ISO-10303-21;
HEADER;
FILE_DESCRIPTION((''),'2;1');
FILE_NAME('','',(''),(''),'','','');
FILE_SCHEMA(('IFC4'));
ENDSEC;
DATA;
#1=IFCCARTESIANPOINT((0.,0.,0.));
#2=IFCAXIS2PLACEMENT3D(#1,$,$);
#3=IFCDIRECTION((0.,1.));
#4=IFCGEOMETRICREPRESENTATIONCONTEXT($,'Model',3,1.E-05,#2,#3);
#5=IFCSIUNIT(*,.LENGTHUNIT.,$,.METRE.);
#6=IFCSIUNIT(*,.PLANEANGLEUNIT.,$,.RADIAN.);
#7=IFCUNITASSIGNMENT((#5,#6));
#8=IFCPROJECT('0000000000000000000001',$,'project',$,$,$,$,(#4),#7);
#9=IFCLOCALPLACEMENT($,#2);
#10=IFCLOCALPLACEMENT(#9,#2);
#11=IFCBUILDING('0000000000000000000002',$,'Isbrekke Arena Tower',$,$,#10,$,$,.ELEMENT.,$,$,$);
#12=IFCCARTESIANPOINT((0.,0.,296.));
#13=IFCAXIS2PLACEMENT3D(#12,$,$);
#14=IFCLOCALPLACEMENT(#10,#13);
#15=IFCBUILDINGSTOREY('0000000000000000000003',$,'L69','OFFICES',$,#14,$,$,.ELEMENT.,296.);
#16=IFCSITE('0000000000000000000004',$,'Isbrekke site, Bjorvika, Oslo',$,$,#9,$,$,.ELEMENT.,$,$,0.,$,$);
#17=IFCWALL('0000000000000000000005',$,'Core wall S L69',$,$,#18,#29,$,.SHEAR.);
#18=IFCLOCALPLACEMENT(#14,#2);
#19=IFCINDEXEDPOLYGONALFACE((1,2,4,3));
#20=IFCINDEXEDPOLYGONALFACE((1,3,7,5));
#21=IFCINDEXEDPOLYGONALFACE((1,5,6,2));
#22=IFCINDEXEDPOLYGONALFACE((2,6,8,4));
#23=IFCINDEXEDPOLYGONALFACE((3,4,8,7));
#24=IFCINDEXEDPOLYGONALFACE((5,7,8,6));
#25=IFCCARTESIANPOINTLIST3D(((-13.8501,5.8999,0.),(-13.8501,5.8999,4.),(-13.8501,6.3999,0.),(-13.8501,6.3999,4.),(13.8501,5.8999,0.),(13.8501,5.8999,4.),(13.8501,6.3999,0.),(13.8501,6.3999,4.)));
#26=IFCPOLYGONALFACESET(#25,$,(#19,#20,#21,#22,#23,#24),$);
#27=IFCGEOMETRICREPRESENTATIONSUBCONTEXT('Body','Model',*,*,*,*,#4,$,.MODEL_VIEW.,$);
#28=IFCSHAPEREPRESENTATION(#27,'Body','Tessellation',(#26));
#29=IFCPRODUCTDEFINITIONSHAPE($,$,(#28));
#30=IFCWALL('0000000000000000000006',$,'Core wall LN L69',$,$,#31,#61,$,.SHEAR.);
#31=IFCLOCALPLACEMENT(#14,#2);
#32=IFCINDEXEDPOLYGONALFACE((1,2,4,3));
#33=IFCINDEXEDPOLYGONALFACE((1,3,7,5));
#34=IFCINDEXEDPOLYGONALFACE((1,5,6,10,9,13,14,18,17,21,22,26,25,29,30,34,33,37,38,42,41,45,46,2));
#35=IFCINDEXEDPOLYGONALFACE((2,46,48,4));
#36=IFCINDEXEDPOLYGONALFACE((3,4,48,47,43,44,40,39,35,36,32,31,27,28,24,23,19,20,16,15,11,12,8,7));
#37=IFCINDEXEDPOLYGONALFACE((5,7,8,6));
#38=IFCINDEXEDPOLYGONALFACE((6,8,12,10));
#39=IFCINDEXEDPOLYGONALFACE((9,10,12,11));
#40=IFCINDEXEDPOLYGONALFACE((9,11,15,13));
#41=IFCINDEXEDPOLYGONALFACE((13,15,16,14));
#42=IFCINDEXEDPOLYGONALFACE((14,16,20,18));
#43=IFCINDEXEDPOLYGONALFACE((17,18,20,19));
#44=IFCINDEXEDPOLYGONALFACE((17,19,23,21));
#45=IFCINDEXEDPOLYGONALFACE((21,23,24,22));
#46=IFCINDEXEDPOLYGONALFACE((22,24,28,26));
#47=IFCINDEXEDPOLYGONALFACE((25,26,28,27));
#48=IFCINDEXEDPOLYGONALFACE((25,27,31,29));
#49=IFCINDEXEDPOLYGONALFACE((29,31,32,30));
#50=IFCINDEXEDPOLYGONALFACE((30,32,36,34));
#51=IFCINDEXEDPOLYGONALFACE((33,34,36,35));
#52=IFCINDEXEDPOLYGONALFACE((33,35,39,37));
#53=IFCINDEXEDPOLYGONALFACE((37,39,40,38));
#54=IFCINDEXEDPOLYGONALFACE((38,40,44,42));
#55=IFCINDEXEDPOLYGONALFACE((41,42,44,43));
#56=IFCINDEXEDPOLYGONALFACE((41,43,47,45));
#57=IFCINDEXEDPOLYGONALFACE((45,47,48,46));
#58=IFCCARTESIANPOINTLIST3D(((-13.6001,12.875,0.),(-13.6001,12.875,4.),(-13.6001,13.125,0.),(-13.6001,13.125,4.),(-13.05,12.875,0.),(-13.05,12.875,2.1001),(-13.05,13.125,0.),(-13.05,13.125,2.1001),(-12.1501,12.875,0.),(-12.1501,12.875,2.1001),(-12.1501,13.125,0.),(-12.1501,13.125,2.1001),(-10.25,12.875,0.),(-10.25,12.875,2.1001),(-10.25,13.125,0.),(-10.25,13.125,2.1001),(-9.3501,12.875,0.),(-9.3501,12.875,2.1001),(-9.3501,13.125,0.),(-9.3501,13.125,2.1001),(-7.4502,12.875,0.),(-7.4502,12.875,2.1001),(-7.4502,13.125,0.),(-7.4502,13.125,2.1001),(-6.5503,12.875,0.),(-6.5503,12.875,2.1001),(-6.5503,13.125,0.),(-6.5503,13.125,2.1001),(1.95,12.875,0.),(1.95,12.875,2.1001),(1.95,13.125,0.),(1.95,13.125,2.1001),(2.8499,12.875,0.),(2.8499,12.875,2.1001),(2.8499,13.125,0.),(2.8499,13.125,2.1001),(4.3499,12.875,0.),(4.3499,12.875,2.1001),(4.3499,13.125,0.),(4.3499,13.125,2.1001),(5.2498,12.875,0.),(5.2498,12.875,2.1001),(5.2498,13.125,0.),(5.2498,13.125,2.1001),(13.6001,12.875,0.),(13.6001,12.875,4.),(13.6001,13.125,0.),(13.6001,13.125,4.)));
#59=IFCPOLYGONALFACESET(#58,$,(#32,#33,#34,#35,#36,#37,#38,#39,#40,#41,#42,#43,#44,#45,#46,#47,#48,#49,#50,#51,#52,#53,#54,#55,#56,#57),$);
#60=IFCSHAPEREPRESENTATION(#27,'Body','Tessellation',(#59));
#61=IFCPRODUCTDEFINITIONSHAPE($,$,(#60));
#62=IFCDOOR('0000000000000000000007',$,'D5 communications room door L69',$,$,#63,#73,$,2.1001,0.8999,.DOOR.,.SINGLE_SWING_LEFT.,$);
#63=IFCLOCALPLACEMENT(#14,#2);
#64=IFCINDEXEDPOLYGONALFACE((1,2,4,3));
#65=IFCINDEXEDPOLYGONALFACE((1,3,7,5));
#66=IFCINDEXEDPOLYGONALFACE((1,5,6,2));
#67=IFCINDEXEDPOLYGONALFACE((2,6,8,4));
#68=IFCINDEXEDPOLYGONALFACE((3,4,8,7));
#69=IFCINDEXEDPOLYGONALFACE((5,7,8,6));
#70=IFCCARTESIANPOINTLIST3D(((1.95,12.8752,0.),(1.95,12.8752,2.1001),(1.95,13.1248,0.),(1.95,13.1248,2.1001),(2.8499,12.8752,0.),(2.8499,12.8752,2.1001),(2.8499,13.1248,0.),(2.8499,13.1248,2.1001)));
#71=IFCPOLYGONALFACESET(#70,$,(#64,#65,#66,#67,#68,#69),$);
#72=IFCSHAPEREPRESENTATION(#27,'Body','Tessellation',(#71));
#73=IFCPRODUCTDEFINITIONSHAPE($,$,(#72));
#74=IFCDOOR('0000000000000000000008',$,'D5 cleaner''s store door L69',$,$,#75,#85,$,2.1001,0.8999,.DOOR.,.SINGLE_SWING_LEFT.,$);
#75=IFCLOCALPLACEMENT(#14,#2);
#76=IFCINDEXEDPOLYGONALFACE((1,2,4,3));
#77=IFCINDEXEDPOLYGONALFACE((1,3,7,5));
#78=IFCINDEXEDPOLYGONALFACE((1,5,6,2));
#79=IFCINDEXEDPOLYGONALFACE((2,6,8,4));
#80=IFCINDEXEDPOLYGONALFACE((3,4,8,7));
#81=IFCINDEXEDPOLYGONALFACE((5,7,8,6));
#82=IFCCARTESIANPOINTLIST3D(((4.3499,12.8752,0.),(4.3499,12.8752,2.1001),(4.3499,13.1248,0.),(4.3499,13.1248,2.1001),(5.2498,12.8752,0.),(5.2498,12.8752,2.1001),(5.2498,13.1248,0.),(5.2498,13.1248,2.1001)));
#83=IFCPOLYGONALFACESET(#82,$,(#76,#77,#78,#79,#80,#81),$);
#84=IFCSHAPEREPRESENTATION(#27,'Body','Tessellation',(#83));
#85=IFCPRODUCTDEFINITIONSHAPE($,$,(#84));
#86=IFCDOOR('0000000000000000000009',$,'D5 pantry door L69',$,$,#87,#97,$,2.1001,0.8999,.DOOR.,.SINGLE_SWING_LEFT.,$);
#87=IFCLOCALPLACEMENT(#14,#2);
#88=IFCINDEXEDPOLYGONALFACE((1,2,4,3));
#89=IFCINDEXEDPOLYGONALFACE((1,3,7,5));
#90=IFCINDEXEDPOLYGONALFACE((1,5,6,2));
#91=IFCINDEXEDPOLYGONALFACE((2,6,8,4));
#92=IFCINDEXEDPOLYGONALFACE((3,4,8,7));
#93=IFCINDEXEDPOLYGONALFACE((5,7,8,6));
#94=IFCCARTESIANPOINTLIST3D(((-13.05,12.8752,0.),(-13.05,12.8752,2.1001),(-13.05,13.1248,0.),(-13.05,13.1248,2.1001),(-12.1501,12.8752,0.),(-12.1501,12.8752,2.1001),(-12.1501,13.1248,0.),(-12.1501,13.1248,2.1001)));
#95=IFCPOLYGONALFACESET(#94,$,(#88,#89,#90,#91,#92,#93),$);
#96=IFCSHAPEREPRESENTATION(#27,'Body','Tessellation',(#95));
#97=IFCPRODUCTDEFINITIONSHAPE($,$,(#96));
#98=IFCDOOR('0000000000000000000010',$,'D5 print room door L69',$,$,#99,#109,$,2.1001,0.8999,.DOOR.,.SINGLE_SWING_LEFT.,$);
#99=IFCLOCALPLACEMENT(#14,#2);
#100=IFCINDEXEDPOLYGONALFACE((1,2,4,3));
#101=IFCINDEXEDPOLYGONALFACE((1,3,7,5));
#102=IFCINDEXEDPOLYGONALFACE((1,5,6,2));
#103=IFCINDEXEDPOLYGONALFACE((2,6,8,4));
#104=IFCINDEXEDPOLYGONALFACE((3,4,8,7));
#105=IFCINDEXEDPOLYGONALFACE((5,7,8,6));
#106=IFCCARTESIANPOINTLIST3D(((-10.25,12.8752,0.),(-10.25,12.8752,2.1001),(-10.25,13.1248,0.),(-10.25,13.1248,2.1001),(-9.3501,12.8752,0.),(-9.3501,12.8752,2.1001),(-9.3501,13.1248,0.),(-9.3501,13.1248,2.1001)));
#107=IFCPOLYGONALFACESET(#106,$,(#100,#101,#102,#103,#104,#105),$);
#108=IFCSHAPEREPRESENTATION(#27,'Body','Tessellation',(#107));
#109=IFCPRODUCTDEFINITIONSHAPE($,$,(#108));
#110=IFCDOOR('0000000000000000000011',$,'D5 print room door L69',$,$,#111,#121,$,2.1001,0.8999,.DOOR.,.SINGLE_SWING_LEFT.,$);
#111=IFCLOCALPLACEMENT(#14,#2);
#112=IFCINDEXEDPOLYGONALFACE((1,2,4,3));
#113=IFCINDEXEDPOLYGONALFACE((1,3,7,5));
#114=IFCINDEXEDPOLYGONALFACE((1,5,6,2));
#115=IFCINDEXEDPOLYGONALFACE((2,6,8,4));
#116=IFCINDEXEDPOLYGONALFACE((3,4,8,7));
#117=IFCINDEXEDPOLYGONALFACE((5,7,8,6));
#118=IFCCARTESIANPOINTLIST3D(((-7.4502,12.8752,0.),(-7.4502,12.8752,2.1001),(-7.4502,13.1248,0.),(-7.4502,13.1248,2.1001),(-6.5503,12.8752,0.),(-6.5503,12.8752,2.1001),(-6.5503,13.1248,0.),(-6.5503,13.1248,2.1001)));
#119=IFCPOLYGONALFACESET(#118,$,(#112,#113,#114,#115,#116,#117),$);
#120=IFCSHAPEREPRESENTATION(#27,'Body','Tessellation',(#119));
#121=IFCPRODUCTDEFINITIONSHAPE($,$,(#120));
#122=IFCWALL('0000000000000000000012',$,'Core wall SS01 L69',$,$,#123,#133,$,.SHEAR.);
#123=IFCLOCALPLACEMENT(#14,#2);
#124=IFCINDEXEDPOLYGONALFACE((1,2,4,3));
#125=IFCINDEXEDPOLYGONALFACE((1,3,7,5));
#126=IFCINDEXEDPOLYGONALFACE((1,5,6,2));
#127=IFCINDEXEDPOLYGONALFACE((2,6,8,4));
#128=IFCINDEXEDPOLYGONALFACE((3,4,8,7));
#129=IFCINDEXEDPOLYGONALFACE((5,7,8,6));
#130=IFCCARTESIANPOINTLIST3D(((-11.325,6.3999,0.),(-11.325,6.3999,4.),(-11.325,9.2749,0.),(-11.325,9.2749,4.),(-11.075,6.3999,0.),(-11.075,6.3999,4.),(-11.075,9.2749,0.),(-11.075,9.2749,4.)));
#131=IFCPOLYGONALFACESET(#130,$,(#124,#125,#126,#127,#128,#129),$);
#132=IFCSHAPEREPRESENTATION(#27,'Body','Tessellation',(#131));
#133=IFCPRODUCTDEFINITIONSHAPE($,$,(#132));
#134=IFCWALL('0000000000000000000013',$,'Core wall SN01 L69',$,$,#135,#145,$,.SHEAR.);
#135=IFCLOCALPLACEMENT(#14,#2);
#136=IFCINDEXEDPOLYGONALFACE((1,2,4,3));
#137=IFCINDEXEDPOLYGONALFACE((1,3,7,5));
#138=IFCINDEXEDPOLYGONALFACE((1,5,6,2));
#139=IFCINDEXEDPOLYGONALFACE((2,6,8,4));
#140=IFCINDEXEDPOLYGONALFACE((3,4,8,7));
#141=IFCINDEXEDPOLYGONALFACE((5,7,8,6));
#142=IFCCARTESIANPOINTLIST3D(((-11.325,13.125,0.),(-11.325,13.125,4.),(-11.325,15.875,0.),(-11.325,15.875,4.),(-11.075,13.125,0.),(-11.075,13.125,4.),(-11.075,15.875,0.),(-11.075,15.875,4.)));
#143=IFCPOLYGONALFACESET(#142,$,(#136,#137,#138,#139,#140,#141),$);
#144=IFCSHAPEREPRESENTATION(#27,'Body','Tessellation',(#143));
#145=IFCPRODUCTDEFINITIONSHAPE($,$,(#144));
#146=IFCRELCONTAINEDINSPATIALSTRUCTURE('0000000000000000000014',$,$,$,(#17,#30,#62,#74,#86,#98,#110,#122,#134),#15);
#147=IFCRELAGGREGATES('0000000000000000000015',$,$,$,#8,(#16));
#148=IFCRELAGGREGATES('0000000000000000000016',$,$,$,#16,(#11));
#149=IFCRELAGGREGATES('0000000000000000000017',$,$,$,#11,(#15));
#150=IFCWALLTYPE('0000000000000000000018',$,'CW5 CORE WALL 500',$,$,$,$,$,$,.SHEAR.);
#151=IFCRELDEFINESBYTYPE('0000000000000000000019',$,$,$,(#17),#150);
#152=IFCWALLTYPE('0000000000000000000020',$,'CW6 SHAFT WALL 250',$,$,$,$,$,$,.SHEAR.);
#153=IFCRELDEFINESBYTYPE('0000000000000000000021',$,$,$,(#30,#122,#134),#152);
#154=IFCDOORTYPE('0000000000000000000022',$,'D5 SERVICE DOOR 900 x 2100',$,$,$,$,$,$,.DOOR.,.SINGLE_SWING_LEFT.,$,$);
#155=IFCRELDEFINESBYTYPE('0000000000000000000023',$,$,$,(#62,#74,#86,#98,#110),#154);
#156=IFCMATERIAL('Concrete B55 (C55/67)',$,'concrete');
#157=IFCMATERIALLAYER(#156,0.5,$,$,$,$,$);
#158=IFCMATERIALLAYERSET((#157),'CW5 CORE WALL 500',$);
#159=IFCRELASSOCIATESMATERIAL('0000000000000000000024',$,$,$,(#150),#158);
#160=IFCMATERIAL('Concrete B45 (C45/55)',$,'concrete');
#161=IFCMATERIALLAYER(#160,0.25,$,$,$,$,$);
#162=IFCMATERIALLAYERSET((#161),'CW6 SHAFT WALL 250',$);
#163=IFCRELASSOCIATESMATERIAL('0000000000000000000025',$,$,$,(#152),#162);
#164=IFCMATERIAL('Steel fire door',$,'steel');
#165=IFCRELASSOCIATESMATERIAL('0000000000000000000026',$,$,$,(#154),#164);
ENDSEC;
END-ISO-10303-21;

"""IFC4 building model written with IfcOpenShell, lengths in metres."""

from ifc_helpers import new_model, si_unit, direction, frame, frame_2d, origin, place, context, subcontext, project, spatial, rectangle, extrude, material, layer, layer_set, type_object, element, fill, save


model = new_model("IFC4")

# Units and contexts
model_context = context("Model", 3, precision=1e-05, world=origin(), true_north=direction((0.0, 1.0)))
body_context = subcontext(model_context, "Body", "Model", "MODEL_VIEW")
ifc_project = project(units=[si_unit("LENGTHUNIT", "METRE"), si_unit("PLANEANGLEUNIT", "RADIAN")], contexts=[model_context])

# Site, building, storey
site_placement = place(None, origin())
site = spatial("IfcSite", under=ifc_project, at=site_placement, Name="Isbrekke site, Bjorvika, Oslo", CompositionType="ELEMENT", RefElevation=0.0)
building_placement = place(site_placement, origin())
building = spatial("IfcBuilding", under=site, at=building_placement, Name="Isbrekke Arena Tower", CompositionType="ELEMENT")
storey_placement = place(building_placement, frame((0.0, 0.0, 296.0)))
storey = spatial("IfcBuildingStorey", under=building, at=storey_placement, Name="L69", Description="OFFICES", CompositionType="ELEMENT", Elevation=296.0)

# Wall
ifc_material_1 = material(Name="Concrete B55 (C55/67)", Category="concrete")
ifc_layer_1 = layer(ifc_material_1, 0.5)
ifc_layer_set_1 = layer_set([ifc_layer_1], Name="CW5 CORE WALL 500")
wall_type_1 = type_object("IfcWallType", Name="CW5 CORE WALL 500", PredefinedType="SHEAR", material=ifc_layer_set_1)
wall_1_placement = place(storey_placement, frame((-13.8501, 6.1499, 0.0), z_axis=(0.0, 0.0, 1.0), x_axis=(1.0, 0.0, 0.0)))
element("IfcWall", 1, at=wall_1_placement, inside=storey, type_object=wall_type_1, Name="Core wall S L69", PredefinedType="SHEAR", context=body_context, shape_type="SweptSolid", body=[
    extrude(rectangle(XDim=27.7002, YDim=0.5, at=frame_2d((13.8501, 0.0))), origin(), (0.0, 0.0, 1.0), 4.0),
])

# Wall, openings, doors
ifc_material_2 = material(Name="Concrete B45 (C45/55)", Category="concrete")
ifc_layer_2 = layer(ifc_material_2, 0.25)
ifc_layer_set_2 = layer_set([ifc_layer_2], Name="CW6 SHAFT WALL 250")
wall_type_2 = type_object("IfcWallType", Name="CW6 SHAFT WALL 250", PredefinedType="SHEAR", material=ifc_layer_set_2)
ifc_material_3 = material(Name="Steel fire door", Category="steel")
door_type_1 = type_object("IfcDoorType", Name="D5 SERVICE DOOR 900 x 2100", OperationType="SINGLE_SWING_LEFT", PredefinedType="DOOR", material=ifc_material_3)
wall_2_placement = place(storey_placement, frame((-13.6001, 13.0, 0.0), z_axis=(0.0, 0.0, 1.0), x_axis=(1.0, 0.0, 0.0)))
wall_2 = element("IfcWall", 2, at=wall_2_placement, inside=storey, type_object=wall_type_2, Name="Core wall LN L69", PredefinedType="SHEAR", context=body_context, shape_type="SweptSolid", body=[
    extrude(rectangle(XDim=27.2002, YDim=0.25, at=frame_2d((13.6001, 0.0))), origin(), (0.0, 0.0, 1.0), 4.0),
])
opening_1_placement = place(wall_2_placement, frame((15.55, 0.0, 0.0)))
opening_1 = element("IfcOpeningElement", 3, at=opening_1_placement, cuts=wall_2, PredefinedType="OPENING", context=body_context, shape_type="SweptSolid", body=[
    extrude(rectangle(XDim=0.8999, YDim=2.1001, at=frame_2d((0.45, 1.05))), frame((0.0, 0.1399, 0.0), z_axis=(0.0, -1.0, 0.0), x_axis=(1.0, 0.0, 0.0)), (0.0, 0.0, 1.0), 0.2798),
])
opening_2_placement = place(wall_2_placement, frame((17.95, 0.0, 0.0)))
opening_2 = element("IfcOpeningElement", 4, at=opening_2_placement, cuts=wall_2, PredefinedType="OPENING", context=body_context, shape_type="SweptSolid", body=[
    extrude(rectangle(XDim=0.8999, YDim=2.1001, at=frame_2d((0.45, 1.05))), frame((0.0, 0.1399, 0.0), z_axis=(0.0, -1.0, 0.0), x_axis=(1.0, 0.0, 0.0)), (0.0, 0.0, 1.0), 0.2798),
])
opening_3_placement = place(wall_2_placement, frame((0.55, 0.0, 0.0)))
opening_3 = element("IfcOpeningElement", 5, at=opening_3_placement, cuts=wall_2, PredefinedType="OPENING", context=body_context, shape_type="SweptSolid", body=[
    extrude(rectangle(XDim=0.8999, YDim=2.1001, at=frame_2d((0.45, 1.05))), frame((0.0, 0.1399, 0.0), z_axis=(0.0, -1.0, 0.0), x_axis=(1.0, 0.0, 0.0)), (0.0, 0.0, 1.0), 0.2798),
])
opening_4_placement = place(wall_2_placement, frame((3.3501, 0.0, 0.0)))
opening_4 = element("IfcOpeningElement", 6, at=opening_4_placement, cuts=wall_2, PredefinedType="OPENING", context=body_context, shape_type="SweptSolid", body=[
    extrude(rectangle(XDim=0.8999, YDim=2.1001, at=frame_2d((0.45, 1.05))), frame((0.0, 0.1399, 0.0), z_axis=(0.0, -1.0, 0.0), x_axis=(1.0, 0.0, 0.0)), (0.0, 0.0, 1.0), 0.2798),
])
opening_5_placement = place(wall_2_placement, frame((6.1499, 0.0, 0.0)))
opening_5 = element("IfcOpeningElement", 7, at=opening_5_placement, cuts=wall_2, PredefinedType="OPENING", context=body_context, shape_type="SweptSolid", body=[
    extrude(rectangle(XDim=0.8999, YDim=2.1001, at=frame_2d((0.45, 1.05))), frame((0.0, 0.1399, 0.0), z_axis=(0.0, -1.0, 0.0), x_axis=(1.0, 0.0, 0.0)), (0.0, 0.0, 1.0), 0.2798),
])
door_1_placement = place(opening_1_placement, origin())
door_1 = element("IfcDoor", 8, at=door_1_placement, inside=storey, type_object=door_type_1, Name="D5 communications room door L69", OperationType="SINGLE_SWING_LEFT", OverallHeight=2.1001, OverallWidth=0.8999, PredefinedType="DOOR", context=body_context, shape_type="SweptSolid", body=[
    extrude(rectangle(XDim=0.8999, YDim=2.1001, at=frame_2d((0.45, 1.05))), frame((0.0, 0.1248, 0.0), z_axis=(0.0, -1.0, 0.0), x_axis=(1.0, 0.0, 0.0)), (0.0, 0.0, 1.0), 0.2495),
])
fill(opening_1, door_1)
door_2_placement = place(opening_2_placement, origin())
door_2 = element("IfcDoor", 9, at=door_2_placement, inside=storey, type_object=door_type_1, Name="D5 cleaner's store door L69", OperationType="SINGLE_SWING_LEFT", OverallHeight=2.1001, OverallWidth=0.8999, PredefinedType="DOOR", context=body_context, shape_type="SweptSolid", body=[
    extrude(rectangle(XDim=0.8999, YDim=2.1001, at=frame_2d((0.45, 1.05))), frame((0.0, 0.1248, 0.0), z_axis=(0.0, -1.0, 0.0), x_axis=(1.0, 0.0, 0.0)), (0.0, 0.0, 1.0), 0.2495),
])
fill(opening_2, door_2)
door_3_placement = place(opening_3_placement, origin())
door_3 = element("IfcDoor", 10, at=door_3_placement, inside=storey, type_object=door_type_1, Name="D5 pantry door L69", OperationType="SINGLE_SWING_LEFT", OverallHeight=2.1001, OverallWidth=0.8999, PredefinedType="DOOR", context=body_context, shape_type="SweptSolid", body=[
    extrude(rectangle(XDim=0.8999, YDim=2.1001, at=frame_2d((0.45, 1.05))), frame((0.0, 0.1248, 0.0), z_axis=(0.0, -1.0, 0.0), x_axis=(1.0, 0.0, 0.0)), (0.0, 0.0, 1.0), 0.2495),
])
fill(opening_3, door_3)
door_4_placement = place(opening_4_placement, origin())
door_4 = element("IfcDoor", 11, at=door_4_placement, inside=storey, type_object=door_type_1, Name="D5 print room door L69", OperationType="SINGLE_SWING_LEFT", OverallHeight=2.1001, OverallWidth=0.8999, PredefinedType="DOOR", context=body_context, shape_type="SweptSolid", body=[
    extrude(rectangle(XDim=0.8999, YDim=2.1001, at=frame_2d((0.45, 1.05))), frame((0.0, 0.1248, 0.0), z_axis=(0.0, -1.0, 0.0), x_axis=(1.0, 0.0, 0.0)), (0.0, 0.0, 1.0), 0.2495),
])
fill(opening_4, door_4)
door_5_placement = place(opening_5_placement, origin())
door_5 = element("IfcDoor", 12, at=door_5_placement, inside=storey, type_object=door_type_1, Name="D5 print room door L69", OperationType="SINGLE_SWING_LEFT", OverallHeight=2.1001, OverallWidth=0.8999, PredefinedType="DOOR", context=body_context, shape_type="SweptSolid", body=[
    extrude(rectangle(XDim=0.8999, YDim=2.1001, at=frame_2d((0.45, 1.05))), frame((0.0, 0.1248, 0.0), z_axis=(0.0, -1.0, 0.0), x_axis=(1.0, 0.0, 0.0)), (0.0, 0.0, 1.0), 0.2495),
])
fill(opening_5, door_5)

# Walls
wall_3_placement = place(storey_placement, frame((-11.2, 6.3999, 0.0), z_axis=(0.0, 0.0, 1.0), x_axis=(0.0, 1.0, 0.0)))
element("IfcWall", 13, at=wall_3_placement, inside=storey, type_object=wall_type_2, Name="Core wall SS01 L69", PredefinedType="SHEAR", context=body_context, shape_type="SweptSolid", body=[
    extrude(rectangle(XDim=2.875, YDim=0.25, at=frame_2d((1.4375, 0.0))), origin(), (0.0, 0.0, 1.0), 4.0),
])
wall_4_placement = place(storey_placement, frame((-11.2, 13.125, 0.0), z_axis=(0.0, 0.0, 1.0), x_axis=(0.0, 1.0, 0.0)))
element("IfcWall", 14, at=wall_4_placement, inside=storey, type_object=wall_type_2, Name="Core wall SN01 L69", PredefinedType="SHEAR", context=body_context, shape_type="SweptSolid", body=[
    extrude(rectangle(XDim=2.75, YDim=0.25, at=frame_2d((1.375, 0.0))), origin(), (0.0, 0.0, 1.0), 4.0),
])

save(model, "model.ifc")
